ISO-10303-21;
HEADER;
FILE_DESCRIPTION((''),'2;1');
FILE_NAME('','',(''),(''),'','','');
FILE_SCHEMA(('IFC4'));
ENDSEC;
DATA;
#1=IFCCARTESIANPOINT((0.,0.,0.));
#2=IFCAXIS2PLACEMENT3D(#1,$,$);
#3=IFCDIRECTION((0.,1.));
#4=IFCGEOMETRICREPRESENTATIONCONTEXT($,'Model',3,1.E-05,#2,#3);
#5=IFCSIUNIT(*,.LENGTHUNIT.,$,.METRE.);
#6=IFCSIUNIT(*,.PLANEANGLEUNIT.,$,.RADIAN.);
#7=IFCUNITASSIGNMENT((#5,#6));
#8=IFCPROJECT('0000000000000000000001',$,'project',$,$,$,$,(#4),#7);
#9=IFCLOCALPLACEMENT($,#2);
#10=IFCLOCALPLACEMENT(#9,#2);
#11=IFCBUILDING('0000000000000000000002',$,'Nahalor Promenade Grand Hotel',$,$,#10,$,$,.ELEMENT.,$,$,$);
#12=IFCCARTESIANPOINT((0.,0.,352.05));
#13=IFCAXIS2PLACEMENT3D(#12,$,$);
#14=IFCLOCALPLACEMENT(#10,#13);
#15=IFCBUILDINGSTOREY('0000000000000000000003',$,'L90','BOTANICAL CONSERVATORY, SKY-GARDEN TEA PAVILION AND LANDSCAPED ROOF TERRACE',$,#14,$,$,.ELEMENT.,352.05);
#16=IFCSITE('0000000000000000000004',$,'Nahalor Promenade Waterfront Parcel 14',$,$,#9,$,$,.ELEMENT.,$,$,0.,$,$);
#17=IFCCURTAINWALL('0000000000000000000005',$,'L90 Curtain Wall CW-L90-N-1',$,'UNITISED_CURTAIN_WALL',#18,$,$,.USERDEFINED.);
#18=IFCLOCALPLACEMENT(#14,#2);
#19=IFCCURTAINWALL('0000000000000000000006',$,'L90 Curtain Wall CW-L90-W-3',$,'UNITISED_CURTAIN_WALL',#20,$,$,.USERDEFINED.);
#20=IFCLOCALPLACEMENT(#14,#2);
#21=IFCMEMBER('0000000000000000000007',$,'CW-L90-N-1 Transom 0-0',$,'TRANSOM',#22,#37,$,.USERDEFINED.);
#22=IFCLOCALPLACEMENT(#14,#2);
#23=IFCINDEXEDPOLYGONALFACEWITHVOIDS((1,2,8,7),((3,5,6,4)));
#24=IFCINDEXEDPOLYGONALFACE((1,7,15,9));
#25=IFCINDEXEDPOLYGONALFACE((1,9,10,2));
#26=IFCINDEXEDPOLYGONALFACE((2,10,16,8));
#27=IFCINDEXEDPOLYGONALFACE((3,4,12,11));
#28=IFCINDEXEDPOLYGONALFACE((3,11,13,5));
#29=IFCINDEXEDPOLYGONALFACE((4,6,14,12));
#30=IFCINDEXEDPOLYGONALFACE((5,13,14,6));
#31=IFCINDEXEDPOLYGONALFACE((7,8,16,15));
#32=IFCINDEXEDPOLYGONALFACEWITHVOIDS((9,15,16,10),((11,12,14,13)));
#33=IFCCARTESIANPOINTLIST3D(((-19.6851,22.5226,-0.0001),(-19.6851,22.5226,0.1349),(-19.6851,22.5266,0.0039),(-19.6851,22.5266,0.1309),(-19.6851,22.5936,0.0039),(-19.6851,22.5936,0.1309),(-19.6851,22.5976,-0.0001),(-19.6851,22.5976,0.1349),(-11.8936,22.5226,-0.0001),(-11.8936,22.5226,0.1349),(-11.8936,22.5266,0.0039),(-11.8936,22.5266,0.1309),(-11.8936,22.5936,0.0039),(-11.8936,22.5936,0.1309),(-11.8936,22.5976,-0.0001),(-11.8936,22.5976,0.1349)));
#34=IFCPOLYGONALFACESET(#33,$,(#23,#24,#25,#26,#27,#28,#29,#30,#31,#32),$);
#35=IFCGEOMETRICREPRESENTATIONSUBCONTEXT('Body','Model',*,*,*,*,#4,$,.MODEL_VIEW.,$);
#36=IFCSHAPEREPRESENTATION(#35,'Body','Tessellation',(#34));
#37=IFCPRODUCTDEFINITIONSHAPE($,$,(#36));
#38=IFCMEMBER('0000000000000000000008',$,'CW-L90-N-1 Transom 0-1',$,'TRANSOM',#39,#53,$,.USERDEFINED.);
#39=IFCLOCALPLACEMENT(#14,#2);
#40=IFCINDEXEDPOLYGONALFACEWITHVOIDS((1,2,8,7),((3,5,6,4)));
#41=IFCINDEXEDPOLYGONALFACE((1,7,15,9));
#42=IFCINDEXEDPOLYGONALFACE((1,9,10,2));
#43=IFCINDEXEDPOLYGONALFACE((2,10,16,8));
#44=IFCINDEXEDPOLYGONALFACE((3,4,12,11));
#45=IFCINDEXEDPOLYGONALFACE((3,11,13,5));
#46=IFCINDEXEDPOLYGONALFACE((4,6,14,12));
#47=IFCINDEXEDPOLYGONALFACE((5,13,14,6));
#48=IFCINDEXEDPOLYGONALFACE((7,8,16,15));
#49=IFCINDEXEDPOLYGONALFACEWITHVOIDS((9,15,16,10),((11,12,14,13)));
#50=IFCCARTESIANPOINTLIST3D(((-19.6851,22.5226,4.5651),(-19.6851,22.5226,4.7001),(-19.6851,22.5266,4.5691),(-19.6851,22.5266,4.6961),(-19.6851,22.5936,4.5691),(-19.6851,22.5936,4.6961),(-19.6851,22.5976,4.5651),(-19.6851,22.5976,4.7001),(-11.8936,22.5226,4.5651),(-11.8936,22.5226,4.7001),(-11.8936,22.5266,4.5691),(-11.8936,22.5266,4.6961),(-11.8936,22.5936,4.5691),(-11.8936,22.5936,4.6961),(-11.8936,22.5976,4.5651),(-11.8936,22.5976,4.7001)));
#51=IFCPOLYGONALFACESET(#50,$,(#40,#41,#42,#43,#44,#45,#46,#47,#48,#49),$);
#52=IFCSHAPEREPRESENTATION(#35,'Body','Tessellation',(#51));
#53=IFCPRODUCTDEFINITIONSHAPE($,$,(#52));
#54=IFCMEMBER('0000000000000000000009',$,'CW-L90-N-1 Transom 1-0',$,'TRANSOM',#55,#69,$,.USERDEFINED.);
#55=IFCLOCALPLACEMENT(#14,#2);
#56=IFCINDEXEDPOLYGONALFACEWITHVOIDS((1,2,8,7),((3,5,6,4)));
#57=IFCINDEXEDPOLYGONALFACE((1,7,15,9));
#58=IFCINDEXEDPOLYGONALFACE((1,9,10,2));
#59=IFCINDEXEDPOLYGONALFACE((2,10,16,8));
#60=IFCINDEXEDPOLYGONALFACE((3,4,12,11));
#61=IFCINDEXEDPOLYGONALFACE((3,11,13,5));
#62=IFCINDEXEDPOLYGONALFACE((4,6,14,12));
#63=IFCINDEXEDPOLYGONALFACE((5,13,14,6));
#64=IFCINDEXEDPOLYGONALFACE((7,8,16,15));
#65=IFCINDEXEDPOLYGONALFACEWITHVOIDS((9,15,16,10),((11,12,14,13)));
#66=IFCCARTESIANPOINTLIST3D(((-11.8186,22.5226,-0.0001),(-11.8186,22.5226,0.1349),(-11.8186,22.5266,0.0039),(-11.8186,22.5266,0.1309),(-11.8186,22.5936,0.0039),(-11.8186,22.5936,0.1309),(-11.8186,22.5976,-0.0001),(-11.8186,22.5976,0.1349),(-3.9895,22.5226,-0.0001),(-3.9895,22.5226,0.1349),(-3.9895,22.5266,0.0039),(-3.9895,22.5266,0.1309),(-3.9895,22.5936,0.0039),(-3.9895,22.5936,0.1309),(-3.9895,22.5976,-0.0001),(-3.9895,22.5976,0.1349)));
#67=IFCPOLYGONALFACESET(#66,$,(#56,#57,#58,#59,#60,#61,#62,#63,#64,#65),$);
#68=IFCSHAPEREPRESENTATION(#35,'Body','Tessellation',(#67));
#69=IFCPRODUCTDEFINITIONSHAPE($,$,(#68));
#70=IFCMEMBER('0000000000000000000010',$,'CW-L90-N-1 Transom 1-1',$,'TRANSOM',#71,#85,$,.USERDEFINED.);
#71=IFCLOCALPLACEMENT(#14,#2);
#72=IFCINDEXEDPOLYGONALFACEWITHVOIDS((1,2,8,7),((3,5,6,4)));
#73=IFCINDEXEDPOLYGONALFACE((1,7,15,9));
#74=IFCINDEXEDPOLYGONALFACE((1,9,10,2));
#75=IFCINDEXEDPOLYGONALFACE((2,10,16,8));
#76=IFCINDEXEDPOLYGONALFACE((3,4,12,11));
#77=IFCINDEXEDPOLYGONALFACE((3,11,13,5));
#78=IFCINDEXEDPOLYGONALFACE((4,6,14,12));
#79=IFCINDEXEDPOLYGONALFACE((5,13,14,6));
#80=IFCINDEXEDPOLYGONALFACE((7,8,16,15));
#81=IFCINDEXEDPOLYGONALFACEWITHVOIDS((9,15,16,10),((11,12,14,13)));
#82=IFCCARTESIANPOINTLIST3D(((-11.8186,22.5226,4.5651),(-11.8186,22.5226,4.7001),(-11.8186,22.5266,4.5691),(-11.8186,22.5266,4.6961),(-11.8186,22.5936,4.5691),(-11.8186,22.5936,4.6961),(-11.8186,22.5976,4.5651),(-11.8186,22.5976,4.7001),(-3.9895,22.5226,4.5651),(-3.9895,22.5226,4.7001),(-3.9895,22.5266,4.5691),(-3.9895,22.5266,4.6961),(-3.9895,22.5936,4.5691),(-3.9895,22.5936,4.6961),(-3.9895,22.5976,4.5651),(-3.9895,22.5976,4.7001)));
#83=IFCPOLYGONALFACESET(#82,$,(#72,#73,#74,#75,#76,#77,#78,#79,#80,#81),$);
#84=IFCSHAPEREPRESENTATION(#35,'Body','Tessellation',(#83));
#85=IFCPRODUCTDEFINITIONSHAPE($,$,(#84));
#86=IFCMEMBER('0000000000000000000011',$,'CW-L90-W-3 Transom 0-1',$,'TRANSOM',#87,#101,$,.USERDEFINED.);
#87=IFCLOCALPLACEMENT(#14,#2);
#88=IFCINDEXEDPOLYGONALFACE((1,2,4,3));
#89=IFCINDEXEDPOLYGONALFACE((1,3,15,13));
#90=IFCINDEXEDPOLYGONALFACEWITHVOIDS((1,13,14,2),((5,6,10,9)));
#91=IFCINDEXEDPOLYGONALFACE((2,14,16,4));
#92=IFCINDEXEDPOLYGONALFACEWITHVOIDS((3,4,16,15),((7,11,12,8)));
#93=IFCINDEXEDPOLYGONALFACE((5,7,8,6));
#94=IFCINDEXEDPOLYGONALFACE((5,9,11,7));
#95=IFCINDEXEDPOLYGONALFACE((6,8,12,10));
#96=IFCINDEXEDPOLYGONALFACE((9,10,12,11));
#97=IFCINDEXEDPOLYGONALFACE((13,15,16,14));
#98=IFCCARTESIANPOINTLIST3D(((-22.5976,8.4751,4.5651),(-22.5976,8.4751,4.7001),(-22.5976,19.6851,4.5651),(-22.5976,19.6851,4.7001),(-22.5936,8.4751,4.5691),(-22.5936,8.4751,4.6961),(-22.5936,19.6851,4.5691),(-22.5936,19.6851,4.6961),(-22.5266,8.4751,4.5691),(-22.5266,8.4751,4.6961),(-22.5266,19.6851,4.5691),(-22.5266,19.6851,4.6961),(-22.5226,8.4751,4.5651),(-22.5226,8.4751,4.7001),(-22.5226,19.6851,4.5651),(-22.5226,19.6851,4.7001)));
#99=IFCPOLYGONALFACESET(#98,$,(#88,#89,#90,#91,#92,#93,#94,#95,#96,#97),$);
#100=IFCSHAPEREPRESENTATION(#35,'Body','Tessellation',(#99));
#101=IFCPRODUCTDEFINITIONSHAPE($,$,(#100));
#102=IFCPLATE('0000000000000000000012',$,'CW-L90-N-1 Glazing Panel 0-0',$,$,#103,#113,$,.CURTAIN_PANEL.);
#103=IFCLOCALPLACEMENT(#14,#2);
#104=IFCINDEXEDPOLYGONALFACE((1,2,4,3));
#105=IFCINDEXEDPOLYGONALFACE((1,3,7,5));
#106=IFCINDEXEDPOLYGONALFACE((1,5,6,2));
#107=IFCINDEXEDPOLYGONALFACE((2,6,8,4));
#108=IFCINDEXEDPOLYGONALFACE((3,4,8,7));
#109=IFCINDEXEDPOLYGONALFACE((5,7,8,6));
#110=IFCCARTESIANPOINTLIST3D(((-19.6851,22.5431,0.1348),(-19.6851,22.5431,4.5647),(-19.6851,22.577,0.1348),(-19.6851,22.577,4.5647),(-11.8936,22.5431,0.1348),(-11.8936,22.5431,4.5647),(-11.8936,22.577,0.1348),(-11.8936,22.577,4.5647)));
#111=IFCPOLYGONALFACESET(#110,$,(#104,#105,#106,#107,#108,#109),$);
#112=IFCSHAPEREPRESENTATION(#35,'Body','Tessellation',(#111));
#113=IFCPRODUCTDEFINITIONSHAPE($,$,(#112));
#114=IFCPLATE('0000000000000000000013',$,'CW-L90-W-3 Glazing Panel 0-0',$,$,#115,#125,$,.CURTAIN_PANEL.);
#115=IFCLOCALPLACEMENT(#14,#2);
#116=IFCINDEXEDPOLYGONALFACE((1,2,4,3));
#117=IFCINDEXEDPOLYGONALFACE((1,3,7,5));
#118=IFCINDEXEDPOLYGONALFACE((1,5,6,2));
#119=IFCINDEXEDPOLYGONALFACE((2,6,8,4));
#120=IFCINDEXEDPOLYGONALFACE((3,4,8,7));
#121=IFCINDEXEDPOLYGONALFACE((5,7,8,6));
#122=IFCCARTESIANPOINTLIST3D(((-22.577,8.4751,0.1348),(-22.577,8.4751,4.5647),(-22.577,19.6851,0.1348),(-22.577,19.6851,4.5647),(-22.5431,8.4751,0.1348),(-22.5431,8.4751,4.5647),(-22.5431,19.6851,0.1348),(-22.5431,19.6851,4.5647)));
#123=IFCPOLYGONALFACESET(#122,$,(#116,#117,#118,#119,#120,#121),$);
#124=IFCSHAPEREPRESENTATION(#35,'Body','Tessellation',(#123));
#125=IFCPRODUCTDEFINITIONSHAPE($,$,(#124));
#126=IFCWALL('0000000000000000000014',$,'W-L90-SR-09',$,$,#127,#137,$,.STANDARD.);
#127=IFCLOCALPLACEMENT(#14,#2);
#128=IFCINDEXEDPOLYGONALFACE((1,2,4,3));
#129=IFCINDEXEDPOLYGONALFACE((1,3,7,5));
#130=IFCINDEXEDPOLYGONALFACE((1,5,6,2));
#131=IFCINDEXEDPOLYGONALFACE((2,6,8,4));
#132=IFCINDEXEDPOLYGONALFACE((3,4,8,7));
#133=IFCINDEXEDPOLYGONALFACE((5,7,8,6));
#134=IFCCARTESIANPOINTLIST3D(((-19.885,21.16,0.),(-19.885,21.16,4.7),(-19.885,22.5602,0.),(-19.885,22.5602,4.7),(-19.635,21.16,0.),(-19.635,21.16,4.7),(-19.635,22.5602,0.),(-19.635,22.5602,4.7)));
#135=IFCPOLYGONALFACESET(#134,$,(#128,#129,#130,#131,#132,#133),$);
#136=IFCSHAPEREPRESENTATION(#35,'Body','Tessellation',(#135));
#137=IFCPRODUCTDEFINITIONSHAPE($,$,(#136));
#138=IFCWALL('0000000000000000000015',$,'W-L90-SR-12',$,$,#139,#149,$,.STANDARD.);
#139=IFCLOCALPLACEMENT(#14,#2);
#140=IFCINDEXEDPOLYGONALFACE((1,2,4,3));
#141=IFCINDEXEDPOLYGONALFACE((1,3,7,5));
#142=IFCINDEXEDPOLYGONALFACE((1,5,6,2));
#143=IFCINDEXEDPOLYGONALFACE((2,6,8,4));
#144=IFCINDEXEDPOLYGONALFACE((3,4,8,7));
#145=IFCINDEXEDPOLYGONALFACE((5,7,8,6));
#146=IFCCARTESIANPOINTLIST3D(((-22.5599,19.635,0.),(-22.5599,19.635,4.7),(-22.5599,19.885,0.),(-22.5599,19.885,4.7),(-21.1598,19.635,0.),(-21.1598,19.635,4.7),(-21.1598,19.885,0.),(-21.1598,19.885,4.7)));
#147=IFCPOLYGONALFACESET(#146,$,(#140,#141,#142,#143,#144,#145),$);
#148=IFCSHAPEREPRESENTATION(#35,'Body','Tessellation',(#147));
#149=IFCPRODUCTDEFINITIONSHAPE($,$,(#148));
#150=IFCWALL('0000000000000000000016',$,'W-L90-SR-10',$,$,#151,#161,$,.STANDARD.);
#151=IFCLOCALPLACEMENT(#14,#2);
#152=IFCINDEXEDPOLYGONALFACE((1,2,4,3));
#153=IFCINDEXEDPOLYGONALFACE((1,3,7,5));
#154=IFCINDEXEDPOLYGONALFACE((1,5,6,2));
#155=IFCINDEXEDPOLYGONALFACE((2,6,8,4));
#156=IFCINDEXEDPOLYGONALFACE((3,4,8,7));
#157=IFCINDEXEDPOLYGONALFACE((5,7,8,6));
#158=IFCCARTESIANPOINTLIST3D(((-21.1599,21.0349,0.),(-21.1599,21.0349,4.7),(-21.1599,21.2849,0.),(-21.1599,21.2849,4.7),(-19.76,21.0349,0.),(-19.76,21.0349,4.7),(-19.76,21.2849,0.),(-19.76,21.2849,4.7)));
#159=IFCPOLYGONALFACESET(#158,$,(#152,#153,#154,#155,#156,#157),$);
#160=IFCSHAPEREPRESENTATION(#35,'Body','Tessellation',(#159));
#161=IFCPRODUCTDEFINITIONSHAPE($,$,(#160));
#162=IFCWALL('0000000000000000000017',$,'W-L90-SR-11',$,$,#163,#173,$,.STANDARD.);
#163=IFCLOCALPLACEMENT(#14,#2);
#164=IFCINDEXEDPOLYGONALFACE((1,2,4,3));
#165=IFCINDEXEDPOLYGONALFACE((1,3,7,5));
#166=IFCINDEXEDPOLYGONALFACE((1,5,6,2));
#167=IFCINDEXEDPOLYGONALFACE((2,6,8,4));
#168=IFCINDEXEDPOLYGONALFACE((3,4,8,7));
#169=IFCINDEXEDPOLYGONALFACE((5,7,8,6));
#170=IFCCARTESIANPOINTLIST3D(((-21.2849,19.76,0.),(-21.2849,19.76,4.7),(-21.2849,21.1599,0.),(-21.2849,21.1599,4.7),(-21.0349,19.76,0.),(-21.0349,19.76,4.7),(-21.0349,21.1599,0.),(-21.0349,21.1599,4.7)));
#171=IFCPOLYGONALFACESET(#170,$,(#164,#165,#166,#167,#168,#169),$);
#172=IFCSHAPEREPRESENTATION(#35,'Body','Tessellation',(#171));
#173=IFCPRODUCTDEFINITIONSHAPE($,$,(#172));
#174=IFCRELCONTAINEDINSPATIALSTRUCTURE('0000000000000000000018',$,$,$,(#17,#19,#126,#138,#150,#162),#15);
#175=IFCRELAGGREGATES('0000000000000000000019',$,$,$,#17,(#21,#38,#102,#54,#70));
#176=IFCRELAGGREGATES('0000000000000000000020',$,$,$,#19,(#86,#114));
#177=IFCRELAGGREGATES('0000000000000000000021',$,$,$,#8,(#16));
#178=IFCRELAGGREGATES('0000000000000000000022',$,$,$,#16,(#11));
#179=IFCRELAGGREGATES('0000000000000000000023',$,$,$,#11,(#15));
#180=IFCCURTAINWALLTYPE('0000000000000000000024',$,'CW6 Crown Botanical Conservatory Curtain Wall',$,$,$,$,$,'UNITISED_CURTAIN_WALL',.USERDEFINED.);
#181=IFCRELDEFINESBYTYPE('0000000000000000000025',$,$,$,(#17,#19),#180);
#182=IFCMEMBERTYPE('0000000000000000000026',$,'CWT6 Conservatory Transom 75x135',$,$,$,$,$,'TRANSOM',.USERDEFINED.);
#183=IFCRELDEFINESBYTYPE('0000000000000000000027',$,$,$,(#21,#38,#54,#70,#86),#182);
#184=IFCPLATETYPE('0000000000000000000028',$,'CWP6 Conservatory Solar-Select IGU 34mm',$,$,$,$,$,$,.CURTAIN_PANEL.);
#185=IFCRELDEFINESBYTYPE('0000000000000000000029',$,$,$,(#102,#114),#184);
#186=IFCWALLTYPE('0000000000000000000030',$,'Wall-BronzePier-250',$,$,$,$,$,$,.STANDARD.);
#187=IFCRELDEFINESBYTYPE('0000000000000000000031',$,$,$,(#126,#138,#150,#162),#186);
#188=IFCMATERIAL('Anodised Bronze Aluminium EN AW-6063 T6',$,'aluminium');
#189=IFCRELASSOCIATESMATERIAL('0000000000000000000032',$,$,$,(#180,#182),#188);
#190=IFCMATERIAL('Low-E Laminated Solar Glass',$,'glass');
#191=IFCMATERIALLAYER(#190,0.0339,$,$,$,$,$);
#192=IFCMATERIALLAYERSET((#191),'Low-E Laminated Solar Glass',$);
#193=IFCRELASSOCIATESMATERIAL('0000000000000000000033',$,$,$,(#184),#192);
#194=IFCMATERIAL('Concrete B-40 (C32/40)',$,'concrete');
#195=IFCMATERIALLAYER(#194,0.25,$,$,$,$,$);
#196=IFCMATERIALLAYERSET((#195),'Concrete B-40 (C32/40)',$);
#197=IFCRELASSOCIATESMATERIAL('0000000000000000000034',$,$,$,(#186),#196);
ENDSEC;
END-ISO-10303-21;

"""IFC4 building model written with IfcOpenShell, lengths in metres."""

from ifc_helpers import new_model, si_unit, direction, frame, frame_2d, origin, origin_2d, place, context, subcontext, project, spatial, rectangle, hollow_rectangle, extrude, source, transform, mapped, material, layer, layer_set, material_profile, profile_set, type_object, element, aggregate, save


model = new_model("IFC4")

# Units and contexts
model_context = context("Model", 3, precision=1e-05, world=origin(), true_north=direction((0.0, 1.0)))
body_context = subcontext(model_context, "Body", "Model", "MODEL_VIEW")
ifc_project = project(units=[si_unit("LENGTHUNIT", "METRE"), si_unit("PLANEANGLEUNIT", "RADIAN")], contexts=[model_context])

# Site, building, storey
site_placement = place(None, origin())
site = spatial("IfcSite", under=ifc_project, at=site_placement, Name="Nahalor Promenade Waterfront Parcel 14", CompositionType="ELEMENT", RefElevation=0.0)
building_placement = place(site_placement, origin())
building = spatial("IfcBuilding", under=site, at=building_placement, Name="Nahalor Promenade Grand Hotel", CompositionType="ELEMENT")
storey_placement = place(building_placement, frame((0.0, 0.0, 352.05)))
storey = spatial("IfcBuildingStorey", under=building, at=storey_placement, Name="L90", Description="BOTANICAL CONSERVATORY, SKY-GARDEN TEA PAVILION AND LANDSCAPED ROOF TERRACE", CompositionType="ELEMENT", Elevation=352.05)

# Curtain wall
ifc_material_1 = material(Name="Anodised Bronze Aluminium EN AW-6063 T6", Category="aluminium")
curtain_wall_type = type_object("IfcCurtainWallType", Name="CW6 Crown Botanical Conservatory Curtain Wall", ElementType="UNITISED_CURTAIN_WALL", PredefinedType="USERDEFINED", material=ifc_material_1)
curtain_wall_1_placement = place(storey_placement, origin())
curtain_wall_1 = element("IfcCurtainWall", 1, at=curtain_wall_1_placement, inside=storey, type_object=curtain_wall_type, Name="L90 Curtain Wall CW-L90-N-1", ObjectType="UNITISED_CURTAIN_WALL", PredefinedType="USERDEFINED")

# Curtain wall
curtain_wall_2_placement = place(storey_placement, origin())
curtain_wall_2 = element("IfcCurtainWall", 2, at=curtain_wall_2_placement, inside=storey, type_object=curtain_wall_type, Name="L90 Curtain Wall CW-L90-W-3", ObjectType="UNITISED_CURTAIN_WALL", PredefinedType="USERDEFINED")

# Members
ifc_material_profile_1 = material_profile(ifc_material_1, hollow_rectangle(XDim=0.075, YDim=0.135, WallThickness=0.004, at=origin_2d()), Name="CWT 75x135x4")
ifc_profile_set_1 = profile_set([ifc_material_profile_1], Name="Anodised Bronze Aluminium EN AW-6063 T6")
member_type_1 = type_object("IfcMemberType", Name="CWT6 Conservatory Transom 75x135", ElementType="TRANSOM", PredefinedType="USERDEFINED", material=ifc_profile_set_1)
shared_shape_1 = source(origin(), body_context, "Body", "SweptSolid", [
    extrude(hollow_rectangle(XDim=0.075, YDim=0.135, WallThickness=0.004, at=origin_2d()), origin(), (0.0, 0.0, 1.0), 7.7915),
])
member_1_placement = place(storey_placement, frame((-19.6851, 22.5601, 0.0674), z_axis=(1.0, 0.0, 0.0), x_axis=(0.0, 1.0, 0.0)))
member_1 = element("IfcMember", 3, at=member_1_placement, type_object=member_type_1, Name="CW-L90-N-1 Transom 0-0", ObjectType="TRANSOM", PredefinedType="USERDEFINED", context=body_context, shape_type="MappedRepresentation", body=[
    mapped(shared_shape_1, transform((0.0, 0.0, 0.0), scale=1.0)),
])
member_2_placement = place(storey_placement, frame((-19.6851, 22.5601, 4.6326), z_axis=(1.0, 0.0, 0.0), x_axis=(0.0, 1.0, 0.0)))
member_2 = element("IfcMember", 4, at=member_2_placement, type_object=member_type_1, Name="CW-L90-N-1 Transom 0-1", ObjectType="TRANSOM", PredefinedType="USERDEFINED", context=body_context, shape_type="MappedRepresentation", body=[
    mapped(shared_shape_1, transform((0.0, 0.0, 0.0), scale=1.0)),
])
shared_shape_2 = source(origin(), body_context, "Body", "SweptSolid", [
    extrude(hollow_rectangle(XDim=0.075, YDim=0.135, WallThickness=0.004, at=origin_2d()), origin(), (0.0, 0.0, 1.0), 7.8291),
])
member_3_placement = place(storey_placement, frame((-11.8186, 22.5601, 0.0674), z_axis=(1.0, 0.0, 0.0), x_axis=(0.0, 1.0, 0.0)))
member_3 = element("IfcMember", 5, at=member_3_placement, type_object=member_type_1, Name="CW-L90-N-1 Transom 1-0", ObjectType="TRANSOM", PredefinedType="USERDEFINED", context=body_context, shape_type="MappedRepresentation", body=[
    mapped(shared_shape_2, transform((0.0, 0.0, 0.0), scale=1.0)),
])
member_4_placement = place(storey_placement, frame((-11.8186, 22.5601, 4.6326), z_axis=(1.0, 0.0, 0.0), x_axis=(0.0, 1.0, 0.0)))
member_4 = element("IfcMember", 6, at=member_4_placement, type_object=member_type_1, Name="CW-L90-N-1 Transom 1-1", ObjectType="TRANSOM", PredefinedType="USERDEFINED", context=body_context, shape_type="MappedRepresentation", body=[
    mapped(shared_shape_2, transform((0.0, 0.0, 0.0), scale=1.0)),
])
shared_shape_3 = source(origin(), body_context, "Body", "SweptSolid", [
    extrude(hollow_rectangle(XDim=0.075, YDim=0.135, WallThickness=0.004, at=origin_2d()), origin(), (0.0, 0.0, 1.0), 11.21),
])
member_5_placement = place(storey_placement, frame((-22.5601, 8.4751, 4.6326), z_axis=(0.0, 1.0, 0.0), x_axis=(-1.0, 0.0, 0.0)))
member_5 = element("IfcMember", 7, at=member_5_placement, type_object=member_type_1, Name="CW-L90-W-3 Transom 0-1", ObjectType="TRANSOM", PredefinedType="USERDEFINED", context=body_context, shape_type="MappedRepresentation", body=[
    mapped(shared_shape_3, transform((0.0, 0.0, 0.0), scale=1.0)),
])

# Plates
ifc_material_2 = material(Name="Low-E Laminated Solar Glass", Category="glass")
ifc_layer_1 = layer(ifc_material_2, 0.0339)
ifc_layer_set_1 = layer_set([ifc_layer_1], Name="Low-E Laminated Solar Glass")
plate_type = type_object("IfcPlateType", Name="CWP6 Conservatory Solar-Select IGU 34mm", PredefinedType="CURTAIN_PANEL", material=ifc_layer_set_1)
shared_shape_4 = source(origin(), body_context, "Body", "SweptSolid", [
    extrude(rectangle(XDim=7.7915, YDim=0.0339, at=origin_2d()), origin(), (0.0, 0.0, 1.0), 4.4299),
])
plate_1_placement = place(storey_placement, frame((-15.7893, 22.5601, 0.1348), z_axis=(0.0, 0.0, 1.0), x_axis=(1.0, 0.0, 0.0)))
plate_1 = element("IfcPlate", 8, at=plate_1_placement, type_object=plate_type, Name="CW-L90-N-1 Glazing Panel 0-0", PredefinedType="CURTAIN_PANEL", context=body_context, shape_type="MappedRepresentation", body=[
    mapped(shared_shape_4, transform((0.0, 0.0, 0.0), scale=1.0)),
])
aggregate(curtain_wall_1, [member_1, member_2, plate_1, member_3, member_4])
shared_shape_5 = source(origin(), body_context, "Body", "SweptSolid", [
    extrude(rectangle(XDim=11.21, YDim=0.0339, at=origin_2d()), origin(), (0.0, 0.0, 1.0), 4.4299),
])
plate_2_placement = place(storey_placement, frame((-22.5601, 14.0801, 0.1348), z_axis=(0.0, 0.0, 1.0), x_axis=(0.0, 1.0, 0.0)))
plate_2 = element("IfcPlate", 9, at=plate_2_placement, type_object=plate_type, Name="CW-L90-W-3 Glazing Panel 0-0", PredefinedType="CURTAIN_PANEL", context=body_context, shape_type="MappedRepresentation", body=[
    mapped(shared_shape_5, transform((0.0, 0.0, 0.0), scale=1.0)),
])
aggregate(curtain_wall_2, [member_5, plate_2])

# Walls
ifc_material_3 = material(Name="Concrete B-40 (C32/40)", Category="concrete")
ifc_layer_2 = layer(ifc_material_3, 0.25)
ifc_layer_set_2 = layer_set([ifc_layer_2], Name="Concrete B-40 (C32/40)")
wall_type = type_object("IfcWallType", Name="Wall-BronzePier-250", PredefinedType="STANDARD", material=ifc_layer_set_2)
shared_shape_6 = source(origin(), body_context, "Body", "SweptSolid", [
    extrude(rectangle(XDim=1.4001, YDim=0.25, at=frame_2d((0.7002, 0.0))), origin(), (0.0, 0.0, 1.0), 4.7),
])
for number, where, z_axis, x_axis, name in (
    (10, (-19.76, 21.1599, 0.0), (0.0, 0.0, 1.0), (0.0, 1.0, 0.0), "W-L90-SR-09"),
    (11, (-22.5601, 19.76, 0.0), (0.0, 0.0, 1.0), (1.0, 0.0, 0.0), "W-L90-SR-12"),
):
    element("IfcWall", number, at=place(storey_placement, frame(where, z_axis=z_axis, x_axis=x_axis)), inside=storey, type_object=wall_type, Name=name, PredefinedType="STANDARD", context=body_context, shape_type="MappedRepresentation", body=[
        mapped(shared_shape_6, transform((0.0, 0.0, 0.0), scale=1.0)),
    ])
shared_shape_7 = source(origin(), body_context, "Body", "SweptSolid", [
    extrude(rectangle(XDim=1.3999, YDim=0.25, at=frame_2d((0.7, 0.0))), origin(), (0.0, 0.0, 1.0), 4.7),
])
for number, where, z_axis, x_axis, name in (
    (12, (-21.1599, 21.1599, 0.0), (0.0, 0.0, 1.0), (1.0, 0.0, 0.0), "W-L90-SR-10"),
    (13, (-21.1599, 19.76, 0.0), (0.0, 0.0, 1.0), (0.0, 1.0, 0.0), "W-L90-SR-11"),
):
    element("IfcWall", number, at=place(storey_placement, frame(where, z_axis=z_axis, x_axis=x_axis)), inside=storey, type_object=wall_type, Name=name, PredefinedType="STANDARD", context=body_context, shape_type="MappedRepresentation", body=[
        mapped(shared_shape_7, transform((0.0, 0.0, 0.0), scale=1.0)),
    ])

save(model, "model.ifc")
